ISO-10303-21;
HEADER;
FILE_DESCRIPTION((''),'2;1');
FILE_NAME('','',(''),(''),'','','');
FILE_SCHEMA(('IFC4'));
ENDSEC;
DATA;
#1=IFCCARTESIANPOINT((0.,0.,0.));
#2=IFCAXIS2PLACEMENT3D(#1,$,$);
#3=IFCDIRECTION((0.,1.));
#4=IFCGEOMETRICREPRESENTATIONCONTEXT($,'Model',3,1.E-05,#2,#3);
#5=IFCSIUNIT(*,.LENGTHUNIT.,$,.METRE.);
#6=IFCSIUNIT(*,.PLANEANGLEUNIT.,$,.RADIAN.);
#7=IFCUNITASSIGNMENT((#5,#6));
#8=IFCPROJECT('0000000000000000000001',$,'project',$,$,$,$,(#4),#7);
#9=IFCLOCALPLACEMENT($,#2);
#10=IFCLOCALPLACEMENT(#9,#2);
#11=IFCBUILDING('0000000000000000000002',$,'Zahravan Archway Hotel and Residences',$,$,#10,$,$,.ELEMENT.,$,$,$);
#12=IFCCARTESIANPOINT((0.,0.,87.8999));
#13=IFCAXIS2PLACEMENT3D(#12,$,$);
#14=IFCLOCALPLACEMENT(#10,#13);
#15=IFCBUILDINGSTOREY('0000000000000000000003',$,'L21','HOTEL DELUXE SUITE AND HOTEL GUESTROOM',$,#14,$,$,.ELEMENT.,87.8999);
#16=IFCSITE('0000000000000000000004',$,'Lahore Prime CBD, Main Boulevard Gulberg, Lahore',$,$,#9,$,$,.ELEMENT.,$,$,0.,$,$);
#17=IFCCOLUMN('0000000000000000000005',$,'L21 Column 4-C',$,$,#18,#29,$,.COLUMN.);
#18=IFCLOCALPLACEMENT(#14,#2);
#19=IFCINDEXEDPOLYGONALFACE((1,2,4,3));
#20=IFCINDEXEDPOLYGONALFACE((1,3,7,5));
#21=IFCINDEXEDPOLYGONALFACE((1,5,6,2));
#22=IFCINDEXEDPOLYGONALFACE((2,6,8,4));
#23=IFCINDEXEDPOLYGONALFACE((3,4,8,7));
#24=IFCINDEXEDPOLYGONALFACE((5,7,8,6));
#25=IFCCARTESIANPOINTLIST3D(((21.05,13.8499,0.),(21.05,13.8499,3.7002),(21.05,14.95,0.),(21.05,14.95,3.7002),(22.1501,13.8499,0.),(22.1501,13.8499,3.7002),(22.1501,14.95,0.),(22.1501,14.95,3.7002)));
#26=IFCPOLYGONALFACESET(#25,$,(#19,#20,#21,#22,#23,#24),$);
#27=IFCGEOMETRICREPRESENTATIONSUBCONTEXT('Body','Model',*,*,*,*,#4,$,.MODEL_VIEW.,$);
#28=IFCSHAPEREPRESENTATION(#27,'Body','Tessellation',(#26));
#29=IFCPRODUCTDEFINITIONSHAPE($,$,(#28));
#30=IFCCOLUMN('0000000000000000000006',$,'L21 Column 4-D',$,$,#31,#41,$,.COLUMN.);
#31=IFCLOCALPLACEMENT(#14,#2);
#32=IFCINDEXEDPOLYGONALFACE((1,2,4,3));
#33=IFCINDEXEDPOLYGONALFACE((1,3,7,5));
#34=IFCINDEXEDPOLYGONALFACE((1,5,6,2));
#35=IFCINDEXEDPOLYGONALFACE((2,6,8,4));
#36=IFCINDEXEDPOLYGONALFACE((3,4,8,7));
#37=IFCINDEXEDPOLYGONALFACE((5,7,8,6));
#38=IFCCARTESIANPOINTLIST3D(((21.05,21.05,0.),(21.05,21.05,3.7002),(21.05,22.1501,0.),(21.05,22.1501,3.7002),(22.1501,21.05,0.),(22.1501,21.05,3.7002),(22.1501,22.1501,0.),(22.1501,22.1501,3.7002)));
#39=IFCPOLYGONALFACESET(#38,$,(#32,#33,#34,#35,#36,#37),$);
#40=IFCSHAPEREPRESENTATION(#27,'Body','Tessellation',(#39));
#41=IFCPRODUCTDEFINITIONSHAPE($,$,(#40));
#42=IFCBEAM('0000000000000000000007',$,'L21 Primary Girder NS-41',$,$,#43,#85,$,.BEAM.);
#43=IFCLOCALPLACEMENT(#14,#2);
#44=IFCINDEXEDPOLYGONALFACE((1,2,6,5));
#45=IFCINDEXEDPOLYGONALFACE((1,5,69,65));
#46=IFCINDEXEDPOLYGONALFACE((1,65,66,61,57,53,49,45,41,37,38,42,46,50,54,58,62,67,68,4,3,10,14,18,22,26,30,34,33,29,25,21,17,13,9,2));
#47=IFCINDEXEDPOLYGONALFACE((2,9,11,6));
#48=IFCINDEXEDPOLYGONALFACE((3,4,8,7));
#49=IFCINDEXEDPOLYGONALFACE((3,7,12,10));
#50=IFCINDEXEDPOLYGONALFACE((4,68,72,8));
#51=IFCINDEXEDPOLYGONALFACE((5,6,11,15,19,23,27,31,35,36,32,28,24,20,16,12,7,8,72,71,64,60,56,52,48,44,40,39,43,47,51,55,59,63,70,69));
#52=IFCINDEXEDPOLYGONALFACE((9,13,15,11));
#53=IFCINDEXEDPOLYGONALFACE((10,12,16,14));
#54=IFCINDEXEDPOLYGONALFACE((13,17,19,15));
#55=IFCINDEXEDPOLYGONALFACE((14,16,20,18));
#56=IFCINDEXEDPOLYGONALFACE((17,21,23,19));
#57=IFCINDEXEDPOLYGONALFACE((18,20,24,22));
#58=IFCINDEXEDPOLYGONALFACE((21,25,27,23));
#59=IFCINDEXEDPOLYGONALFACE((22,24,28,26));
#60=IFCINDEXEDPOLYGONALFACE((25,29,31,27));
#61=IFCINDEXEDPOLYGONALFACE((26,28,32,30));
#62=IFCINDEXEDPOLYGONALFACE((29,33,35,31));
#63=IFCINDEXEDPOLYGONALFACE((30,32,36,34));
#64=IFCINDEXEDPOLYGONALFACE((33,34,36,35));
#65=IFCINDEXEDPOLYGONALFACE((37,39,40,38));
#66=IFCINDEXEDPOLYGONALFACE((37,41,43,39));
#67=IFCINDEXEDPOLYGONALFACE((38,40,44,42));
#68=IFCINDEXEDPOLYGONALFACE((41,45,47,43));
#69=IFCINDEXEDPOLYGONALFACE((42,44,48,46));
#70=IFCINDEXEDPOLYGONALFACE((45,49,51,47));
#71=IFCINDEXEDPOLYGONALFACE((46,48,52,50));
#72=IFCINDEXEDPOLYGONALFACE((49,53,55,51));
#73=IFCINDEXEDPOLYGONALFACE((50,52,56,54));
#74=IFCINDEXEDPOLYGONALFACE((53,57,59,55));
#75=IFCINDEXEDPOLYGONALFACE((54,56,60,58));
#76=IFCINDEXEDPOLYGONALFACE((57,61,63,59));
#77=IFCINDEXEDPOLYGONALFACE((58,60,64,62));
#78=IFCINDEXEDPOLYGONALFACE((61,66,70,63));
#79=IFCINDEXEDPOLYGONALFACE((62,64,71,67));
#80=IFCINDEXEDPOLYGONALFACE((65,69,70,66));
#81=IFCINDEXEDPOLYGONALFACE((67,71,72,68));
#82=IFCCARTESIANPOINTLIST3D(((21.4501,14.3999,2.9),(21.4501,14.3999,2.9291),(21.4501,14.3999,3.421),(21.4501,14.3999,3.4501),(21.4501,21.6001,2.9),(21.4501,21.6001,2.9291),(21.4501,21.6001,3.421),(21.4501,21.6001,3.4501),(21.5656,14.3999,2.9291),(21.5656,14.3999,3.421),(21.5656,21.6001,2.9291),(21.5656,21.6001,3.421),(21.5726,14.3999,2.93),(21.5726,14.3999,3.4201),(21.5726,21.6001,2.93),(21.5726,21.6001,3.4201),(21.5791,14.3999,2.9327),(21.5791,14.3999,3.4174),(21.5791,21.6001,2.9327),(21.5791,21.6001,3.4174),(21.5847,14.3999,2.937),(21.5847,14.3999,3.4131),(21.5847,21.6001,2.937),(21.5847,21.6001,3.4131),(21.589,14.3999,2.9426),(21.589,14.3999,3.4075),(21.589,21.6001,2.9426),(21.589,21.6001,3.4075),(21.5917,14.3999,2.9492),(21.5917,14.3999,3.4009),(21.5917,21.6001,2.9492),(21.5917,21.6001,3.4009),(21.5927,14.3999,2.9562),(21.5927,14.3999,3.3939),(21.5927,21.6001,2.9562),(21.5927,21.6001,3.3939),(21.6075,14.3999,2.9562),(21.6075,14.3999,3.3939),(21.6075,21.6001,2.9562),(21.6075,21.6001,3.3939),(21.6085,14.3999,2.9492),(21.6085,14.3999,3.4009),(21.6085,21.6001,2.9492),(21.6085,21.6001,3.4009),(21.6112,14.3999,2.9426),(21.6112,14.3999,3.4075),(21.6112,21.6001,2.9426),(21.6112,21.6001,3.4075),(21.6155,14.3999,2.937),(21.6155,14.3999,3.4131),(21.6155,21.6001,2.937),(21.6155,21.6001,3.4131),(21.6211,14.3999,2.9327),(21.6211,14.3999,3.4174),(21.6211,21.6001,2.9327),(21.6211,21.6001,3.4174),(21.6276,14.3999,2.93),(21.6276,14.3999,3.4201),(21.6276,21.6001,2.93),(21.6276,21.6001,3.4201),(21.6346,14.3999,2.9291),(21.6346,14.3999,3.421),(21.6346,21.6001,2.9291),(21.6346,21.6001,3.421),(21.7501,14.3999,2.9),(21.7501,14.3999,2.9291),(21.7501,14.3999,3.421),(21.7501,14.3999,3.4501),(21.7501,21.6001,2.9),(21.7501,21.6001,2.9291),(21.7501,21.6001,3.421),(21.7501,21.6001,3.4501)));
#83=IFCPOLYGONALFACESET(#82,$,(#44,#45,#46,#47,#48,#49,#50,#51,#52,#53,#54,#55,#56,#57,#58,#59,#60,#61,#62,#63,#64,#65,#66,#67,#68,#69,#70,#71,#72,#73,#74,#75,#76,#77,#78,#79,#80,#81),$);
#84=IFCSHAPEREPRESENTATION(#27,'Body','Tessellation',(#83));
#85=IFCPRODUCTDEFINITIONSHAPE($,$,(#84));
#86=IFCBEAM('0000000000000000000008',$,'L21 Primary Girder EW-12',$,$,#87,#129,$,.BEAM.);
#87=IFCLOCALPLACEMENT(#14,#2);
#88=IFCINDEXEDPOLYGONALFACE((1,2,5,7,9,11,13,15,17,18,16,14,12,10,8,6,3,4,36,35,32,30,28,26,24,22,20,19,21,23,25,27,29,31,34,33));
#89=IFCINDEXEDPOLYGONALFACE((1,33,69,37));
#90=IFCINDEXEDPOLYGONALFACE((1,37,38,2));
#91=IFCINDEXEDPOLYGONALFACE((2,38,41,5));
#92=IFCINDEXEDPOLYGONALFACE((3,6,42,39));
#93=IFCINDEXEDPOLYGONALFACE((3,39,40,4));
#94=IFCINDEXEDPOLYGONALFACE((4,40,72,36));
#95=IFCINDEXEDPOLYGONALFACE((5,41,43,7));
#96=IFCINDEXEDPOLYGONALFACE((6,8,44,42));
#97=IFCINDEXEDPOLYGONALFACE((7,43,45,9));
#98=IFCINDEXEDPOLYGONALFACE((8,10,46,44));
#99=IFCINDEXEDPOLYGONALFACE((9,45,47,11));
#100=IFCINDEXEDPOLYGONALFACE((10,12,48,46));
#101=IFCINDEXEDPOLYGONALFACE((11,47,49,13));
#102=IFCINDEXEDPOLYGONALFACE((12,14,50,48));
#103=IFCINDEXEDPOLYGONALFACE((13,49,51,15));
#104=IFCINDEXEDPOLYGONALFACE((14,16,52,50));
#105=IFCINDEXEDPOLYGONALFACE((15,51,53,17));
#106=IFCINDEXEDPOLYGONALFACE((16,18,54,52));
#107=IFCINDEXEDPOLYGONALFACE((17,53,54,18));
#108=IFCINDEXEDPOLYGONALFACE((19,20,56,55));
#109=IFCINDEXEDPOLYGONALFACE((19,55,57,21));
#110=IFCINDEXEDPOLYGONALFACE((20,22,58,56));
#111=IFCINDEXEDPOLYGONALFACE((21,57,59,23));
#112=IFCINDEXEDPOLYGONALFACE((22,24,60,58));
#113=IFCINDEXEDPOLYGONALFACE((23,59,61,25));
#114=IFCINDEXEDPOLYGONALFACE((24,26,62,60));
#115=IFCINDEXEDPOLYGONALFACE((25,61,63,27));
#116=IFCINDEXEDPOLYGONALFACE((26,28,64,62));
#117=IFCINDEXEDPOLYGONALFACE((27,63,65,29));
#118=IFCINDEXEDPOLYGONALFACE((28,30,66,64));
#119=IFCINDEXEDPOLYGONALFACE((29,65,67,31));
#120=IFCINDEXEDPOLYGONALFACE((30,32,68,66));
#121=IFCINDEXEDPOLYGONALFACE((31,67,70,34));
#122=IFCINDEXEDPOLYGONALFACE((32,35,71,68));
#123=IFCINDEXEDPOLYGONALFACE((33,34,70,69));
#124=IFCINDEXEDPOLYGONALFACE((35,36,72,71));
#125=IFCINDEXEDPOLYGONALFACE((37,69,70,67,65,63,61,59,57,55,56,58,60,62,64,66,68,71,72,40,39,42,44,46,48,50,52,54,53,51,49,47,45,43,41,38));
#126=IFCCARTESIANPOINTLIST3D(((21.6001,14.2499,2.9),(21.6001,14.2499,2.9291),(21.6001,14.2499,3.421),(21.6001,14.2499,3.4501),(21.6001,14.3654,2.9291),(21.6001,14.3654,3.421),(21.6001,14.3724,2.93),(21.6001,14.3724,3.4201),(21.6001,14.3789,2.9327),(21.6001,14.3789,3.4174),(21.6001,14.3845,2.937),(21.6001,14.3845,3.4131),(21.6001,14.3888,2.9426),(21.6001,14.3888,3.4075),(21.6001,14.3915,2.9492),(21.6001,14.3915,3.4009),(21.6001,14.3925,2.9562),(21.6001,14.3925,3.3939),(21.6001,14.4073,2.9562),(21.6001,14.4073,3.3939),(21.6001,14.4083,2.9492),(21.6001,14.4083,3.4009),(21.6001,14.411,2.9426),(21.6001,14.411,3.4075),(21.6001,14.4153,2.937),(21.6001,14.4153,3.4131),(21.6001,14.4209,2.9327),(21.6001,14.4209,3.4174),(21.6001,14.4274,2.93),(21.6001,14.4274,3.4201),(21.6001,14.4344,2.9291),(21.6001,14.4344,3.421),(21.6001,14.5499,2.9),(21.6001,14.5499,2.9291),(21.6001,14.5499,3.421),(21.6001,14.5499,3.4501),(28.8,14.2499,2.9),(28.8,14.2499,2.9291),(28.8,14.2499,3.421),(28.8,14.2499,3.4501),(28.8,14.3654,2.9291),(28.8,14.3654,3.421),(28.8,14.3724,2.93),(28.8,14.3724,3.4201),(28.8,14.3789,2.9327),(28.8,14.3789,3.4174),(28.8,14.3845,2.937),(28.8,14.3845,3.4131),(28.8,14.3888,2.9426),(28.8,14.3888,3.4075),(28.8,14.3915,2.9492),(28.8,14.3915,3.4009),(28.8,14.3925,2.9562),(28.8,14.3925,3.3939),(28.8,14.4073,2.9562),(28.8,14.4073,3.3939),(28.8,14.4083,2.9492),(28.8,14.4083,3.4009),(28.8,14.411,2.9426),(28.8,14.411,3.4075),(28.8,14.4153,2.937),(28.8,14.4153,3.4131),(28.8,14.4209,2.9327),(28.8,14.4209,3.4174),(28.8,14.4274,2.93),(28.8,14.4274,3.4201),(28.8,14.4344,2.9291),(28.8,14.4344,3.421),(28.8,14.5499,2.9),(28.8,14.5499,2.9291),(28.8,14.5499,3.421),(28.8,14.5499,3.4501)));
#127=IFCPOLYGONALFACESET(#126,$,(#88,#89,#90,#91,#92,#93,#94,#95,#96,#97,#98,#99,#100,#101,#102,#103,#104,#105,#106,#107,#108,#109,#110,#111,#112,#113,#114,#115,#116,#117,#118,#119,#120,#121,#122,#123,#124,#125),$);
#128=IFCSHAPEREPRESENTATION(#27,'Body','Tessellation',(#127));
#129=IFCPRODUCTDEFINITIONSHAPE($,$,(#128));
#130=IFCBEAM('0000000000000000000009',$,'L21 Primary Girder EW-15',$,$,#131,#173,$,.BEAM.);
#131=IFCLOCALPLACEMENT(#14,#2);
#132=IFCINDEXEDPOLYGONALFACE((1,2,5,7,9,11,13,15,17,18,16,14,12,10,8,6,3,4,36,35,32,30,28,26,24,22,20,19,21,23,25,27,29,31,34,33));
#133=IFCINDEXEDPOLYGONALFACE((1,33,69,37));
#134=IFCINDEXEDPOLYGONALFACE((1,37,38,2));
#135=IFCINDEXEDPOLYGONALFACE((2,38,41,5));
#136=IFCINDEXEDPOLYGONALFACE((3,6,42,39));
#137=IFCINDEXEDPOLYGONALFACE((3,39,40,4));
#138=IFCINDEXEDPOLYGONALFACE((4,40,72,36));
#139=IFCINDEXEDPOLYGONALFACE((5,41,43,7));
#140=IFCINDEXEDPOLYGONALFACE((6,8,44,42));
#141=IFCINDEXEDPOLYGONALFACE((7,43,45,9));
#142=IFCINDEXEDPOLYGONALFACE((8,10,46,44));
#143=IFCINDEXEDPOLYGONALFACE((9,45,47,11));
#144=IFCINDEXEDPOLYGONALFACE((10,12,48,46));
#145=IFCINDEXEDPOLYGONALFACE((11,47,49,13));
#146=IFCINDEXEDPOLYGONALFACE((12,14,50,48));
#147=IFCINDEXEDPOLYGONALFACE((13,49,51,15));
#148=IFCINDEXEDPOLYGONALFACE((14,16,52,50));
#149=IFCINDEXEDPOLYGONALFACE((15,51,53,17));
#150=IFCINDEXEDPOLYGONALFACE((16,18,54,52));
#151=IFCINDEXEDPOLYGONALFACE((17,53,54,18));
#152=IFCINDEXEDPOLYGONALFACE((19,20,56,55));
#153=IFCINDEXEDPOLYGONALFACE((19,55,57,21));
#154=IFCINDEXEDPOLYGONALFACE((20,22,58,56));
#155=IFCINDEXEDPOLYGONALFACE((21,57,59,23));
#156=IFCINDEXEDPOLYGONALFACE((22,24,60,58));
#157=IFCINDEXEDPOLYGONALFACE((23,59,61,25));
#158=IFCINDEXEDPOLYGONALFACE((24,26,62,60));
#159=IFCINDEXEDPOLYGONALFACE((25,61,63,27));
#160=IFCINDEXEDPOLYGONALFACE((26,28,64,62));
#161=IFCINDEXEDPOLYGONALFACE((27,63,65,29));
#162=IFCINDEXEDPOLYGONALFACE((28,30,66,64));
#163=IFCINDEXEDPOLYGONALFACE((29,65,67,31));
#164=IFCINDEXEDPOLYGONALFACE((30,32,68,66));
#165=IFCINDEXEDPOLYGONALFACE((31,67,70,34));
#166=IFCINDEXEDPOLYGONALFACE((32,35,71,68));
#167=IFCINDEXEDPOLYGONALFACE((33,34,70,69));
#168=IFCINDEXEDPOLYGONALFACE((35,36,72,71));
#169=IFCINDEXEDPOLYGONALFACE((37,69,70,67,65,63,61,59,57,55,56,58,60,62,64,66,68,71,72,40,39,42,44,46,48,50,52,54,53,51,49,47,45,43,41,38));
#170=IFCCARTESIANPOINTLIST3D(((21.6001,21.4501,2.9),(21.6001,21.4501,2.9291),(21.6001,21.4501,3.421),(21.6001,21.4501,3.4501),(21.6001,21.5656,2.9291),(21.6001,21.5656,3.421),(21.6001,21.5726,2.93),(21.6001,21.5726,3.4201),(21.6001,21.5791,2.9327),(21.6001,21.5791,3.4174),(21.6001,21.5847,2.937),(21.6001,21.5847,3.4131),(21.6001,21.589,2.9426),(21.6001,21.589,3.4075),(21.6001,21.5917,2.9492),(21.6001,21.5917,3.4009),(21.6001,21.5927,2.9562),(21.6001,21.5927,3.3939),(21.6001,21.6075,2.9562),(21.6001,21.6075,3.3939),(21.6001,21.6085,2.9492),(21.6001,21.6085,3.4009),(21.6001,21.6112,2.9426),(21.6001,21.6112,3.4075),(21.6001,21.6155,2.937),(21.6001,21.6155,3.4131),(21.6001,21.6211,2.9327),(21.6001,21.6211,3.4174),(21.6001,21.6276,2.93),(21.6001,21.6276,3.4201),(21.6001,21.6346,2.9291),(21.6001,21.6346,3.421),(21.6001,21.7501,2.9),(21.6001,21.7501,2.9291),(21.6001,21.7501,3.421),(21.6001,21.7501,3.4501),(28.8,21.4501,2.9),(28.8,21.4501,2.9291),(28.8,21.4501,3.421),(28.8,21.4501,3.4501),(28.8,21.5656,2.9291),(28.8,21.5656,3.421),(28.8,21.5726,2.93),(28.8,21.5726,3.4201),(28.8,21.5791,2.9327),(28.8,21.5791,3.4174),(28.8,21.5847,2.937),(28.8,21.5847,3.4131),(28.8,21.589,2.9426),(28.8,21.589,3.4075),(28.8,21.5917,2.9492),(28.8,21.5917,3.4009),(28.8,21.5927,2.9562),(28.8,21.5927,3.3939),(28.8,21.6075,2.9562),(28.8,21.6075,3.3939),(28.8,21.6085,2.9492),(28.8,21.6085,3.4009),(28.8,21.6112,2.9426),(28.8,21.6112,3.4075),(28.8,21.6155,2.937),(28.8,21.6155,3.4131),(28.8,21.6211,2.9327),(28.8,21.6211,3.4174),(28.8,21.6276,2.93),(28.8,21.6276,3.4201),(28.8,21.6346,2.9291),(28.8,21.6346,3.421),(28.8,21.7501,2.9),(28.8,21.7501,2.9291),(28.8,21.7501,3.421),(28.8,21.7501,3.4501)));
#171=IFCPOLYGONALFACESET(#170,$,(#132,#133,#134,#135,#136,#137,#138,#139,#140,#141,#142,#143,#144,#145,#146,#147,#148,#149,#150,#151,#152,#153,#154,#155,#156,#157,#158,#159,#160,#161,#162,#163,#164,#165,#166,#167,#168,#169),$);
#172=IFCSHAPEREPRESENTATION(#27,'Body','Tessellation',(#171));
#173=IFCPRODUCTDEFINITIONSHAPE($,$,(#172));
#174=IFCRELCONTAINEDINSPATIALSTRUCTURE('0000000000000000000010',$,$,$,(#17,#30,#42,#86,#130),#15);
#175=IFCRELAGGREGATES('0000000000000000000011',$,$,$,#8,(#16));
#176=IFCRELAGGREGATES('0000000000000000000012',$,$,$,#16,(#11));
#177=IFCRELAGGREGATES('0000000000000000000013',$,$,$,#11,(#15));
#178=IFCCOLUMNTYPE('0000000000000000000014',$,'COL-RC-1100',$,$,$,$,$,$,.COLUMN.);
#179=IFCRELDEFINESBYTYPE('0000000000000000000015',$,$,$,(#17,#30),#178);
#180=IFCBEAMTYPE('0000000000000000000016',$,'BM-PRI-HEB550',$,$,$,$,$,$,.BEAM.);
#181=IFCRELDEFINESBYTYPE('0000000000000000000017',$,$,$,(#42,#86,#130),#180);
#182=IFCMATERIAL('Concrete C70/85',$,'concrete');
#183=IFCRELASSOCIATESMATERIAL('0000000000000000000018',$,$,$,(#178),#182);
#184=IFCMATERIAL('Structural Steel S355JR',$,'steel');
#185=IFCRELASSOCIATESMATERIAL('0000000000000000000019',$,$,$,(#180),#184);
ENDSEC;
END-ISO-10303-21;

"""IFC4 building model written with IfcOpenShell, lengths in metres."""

from ifc_helpers import new_model, si_unit, direction, frame, origin, origin_2d, place, context, subcontext, project, spatial, rectangle, i_section, extrude, source, transform, mapped, material, material_profile, profile_set, type_object, type_shapes, element, save


model = new_model("IFC4")

# Units and contexts
model_context = context("Model", 3, precision=1e-05, world=origin(), true_north=direction((0.0, 1.0)))
body_context = subcontext(model_context, "Body", "Model", "MODEL_VIEW")
ifc_project = project(units=[si_unit("LENGTHUNIT", "METRE"), si_unit("PLANEANGLEUNIT", "RADIAN")], contexts=[model_context])

# Site, building, storey
site_placement = place(None, origin())
site = spatial("IfcSite", under=ifc_project, at=site_placement, Name="Lahore Prime CBD, Main Boulevard Gulberg, Lahore", CompositionType="ELEMENT", RefElevation=0.0)
building_placement = place(site_placement, origin())
building = spatial("IfcBuilding", under=site, at=building_placement, Name="Zahravan Archway Hotel and Residences", CompositionType="ELEMENT")
storey_placement = place(building_placement, frame((0.0, 0.0, 87.8999)))
storey = spatial("IfcBuildingStorey", under=building, at=storey_placement, Name="L21", Description="HOTEL DELUXE SUITE AND HOTEL GUESTROOM", CompositionType="ELEMENT", Elevation=87.8999)

# Columns
ifc_material_1 = material(Name="Concrete C70/85", Category="concrete")
ifc_material_profile_1 = material_profile(ifc_material_1, rectangle(XDim=1.1001, YDim=1.1001, at=origin_2d()), Name="RC 1100x1100", Category="concrete")
ifc_profile_set_1 = profile_set([ifc_material_profile_1], Name="Concrete C70/85")
column_type = type_object("IfcColumnType", Name="COL-RC-1100", PredefinedType="COLUMN", material=ifc_profile_set_1)
shared_shape_1 = source(origin(), body_context, "Body", "SweptSolid", [
    extrude(rectangle(XDim=1.1001, YDim=1.1001, at=origin_2d()), origin(), (0.0, 0.0, 1.0), 3.7002),
])
for number, where, z_axis, x_axis, name in (
    (1, (21.6001, 14.3999, 0.0), (0.0, 0.0, 1.0), (1.0, 0.0, 0.0), "L21 Column 4-C"),
    (2, (21.6001, 21.6001, 0.0), (0.0, 0.0, 1.0), (1.0, 0.0, 0.0), "L21 Column 4-D"),
):
    element("IfcColumn", number, at=place(storey_placement, frame(where, z_axis=z_axis, x_axis=x_axis)), inside=storey, type_object=column_type, Name=name, PredefinedType="COLUMN", context=body_context, shape_type="MappedRepresentation", body=[
        mapped(shared_shape_1, transform((0.0, 0.0, 0.0), scale=1.0)),
    ])

# Beams
ifc_material_2 = material(Name="Structural Steel S355JR", Category="steel")
ifc_material_profile_2 = material_profile(ifc_material_2, i_section(OverallWidth=0.3, OverallDepth=0.55, WebThickness=0.0149, FlangeThickness=0.0291, FilletRadius=0.0271, at=origin_2d()), Name="HEB 550", Category="steel")
ifc_profile_set_2 = profile_set([ifc_material_profile_2], Name="Structural Steel S355JR")
beam_type_1 = type_object("IfcBeamType", Name="BM-PRI-HEB550", PredefinedType="BEAM", material=ifc_profile_set_2)
shared_shape_2 = source(origin(), body_context, "Body", "SweptSolid", [
    extrude(i_section(OverallWidth=0.3, OverallDepth=0.55, WebThickness=0.0149, FlangeThickness=0.0291, FilletRadius=0.0271, at=origin_2d()), origin(), (0.0, 0.0, 1.0), 7.2002),
])
type_shapes(beam_type_1, [shared_shape_2])
beam_1_placement = place(storey_placement, frame((21.6001, 14.3999, 3.175), z_axis=(0.0, 1.0, 0.0), x_axis=(-1.0, 0.0, 0.0)))
element("IfcBeam", 3, at=beam_1_placement, inside=storey, type_object=beam_type_1, Name="L21 Primary Girder NS-41", PredefinedType="BEAM", context=body_context, shape_type="MappedRepresentation", body=[
    mapped(shared_shape_2, transform((0.0, 0.0, 0.0), scale=1.0)),
])
shared_shape_3 = source(origin(), body_context, "Body", "SweptSolid", [
    extrude(i_section(OverallWidth=0.3, OverallDepth=0.55, WebThickness=0.0149, FlangeThickness=0.0291, FilletRadius=0.0271, at=origin_2d()), origin(), (0.0, 0.0, 1.0), 7.2),
])
for number, where, z_axis, x_axis, name in (
    (4, (21.6001, 14.3999, 3.175), (1.0, 0.0, 0.0), (0.0, 1.0, 0.0), "L21 Primary Girder EW-12"),
    (5, (21.6001, 21.6001, 3.175), (1.0, 0.0, 0.0), (0.0, 1.0, 0.0), "L21 Primary Girder EW-15"),
):
    element("IfcBeam", number, at=place(storey_placement, frame(where, z_axis=z_axis, x_axis=x_axis)), inside=storey, type_object=beam_type_1, Name=name, PredefinedType="BEAM", context=body_context, shape_type="MappedRepresentation", body=[
        mapped(shared_shape_3, transform((0.0, 0.0, 0.0), scale=1.0)),
    ])

save(model, "model.ifc")
